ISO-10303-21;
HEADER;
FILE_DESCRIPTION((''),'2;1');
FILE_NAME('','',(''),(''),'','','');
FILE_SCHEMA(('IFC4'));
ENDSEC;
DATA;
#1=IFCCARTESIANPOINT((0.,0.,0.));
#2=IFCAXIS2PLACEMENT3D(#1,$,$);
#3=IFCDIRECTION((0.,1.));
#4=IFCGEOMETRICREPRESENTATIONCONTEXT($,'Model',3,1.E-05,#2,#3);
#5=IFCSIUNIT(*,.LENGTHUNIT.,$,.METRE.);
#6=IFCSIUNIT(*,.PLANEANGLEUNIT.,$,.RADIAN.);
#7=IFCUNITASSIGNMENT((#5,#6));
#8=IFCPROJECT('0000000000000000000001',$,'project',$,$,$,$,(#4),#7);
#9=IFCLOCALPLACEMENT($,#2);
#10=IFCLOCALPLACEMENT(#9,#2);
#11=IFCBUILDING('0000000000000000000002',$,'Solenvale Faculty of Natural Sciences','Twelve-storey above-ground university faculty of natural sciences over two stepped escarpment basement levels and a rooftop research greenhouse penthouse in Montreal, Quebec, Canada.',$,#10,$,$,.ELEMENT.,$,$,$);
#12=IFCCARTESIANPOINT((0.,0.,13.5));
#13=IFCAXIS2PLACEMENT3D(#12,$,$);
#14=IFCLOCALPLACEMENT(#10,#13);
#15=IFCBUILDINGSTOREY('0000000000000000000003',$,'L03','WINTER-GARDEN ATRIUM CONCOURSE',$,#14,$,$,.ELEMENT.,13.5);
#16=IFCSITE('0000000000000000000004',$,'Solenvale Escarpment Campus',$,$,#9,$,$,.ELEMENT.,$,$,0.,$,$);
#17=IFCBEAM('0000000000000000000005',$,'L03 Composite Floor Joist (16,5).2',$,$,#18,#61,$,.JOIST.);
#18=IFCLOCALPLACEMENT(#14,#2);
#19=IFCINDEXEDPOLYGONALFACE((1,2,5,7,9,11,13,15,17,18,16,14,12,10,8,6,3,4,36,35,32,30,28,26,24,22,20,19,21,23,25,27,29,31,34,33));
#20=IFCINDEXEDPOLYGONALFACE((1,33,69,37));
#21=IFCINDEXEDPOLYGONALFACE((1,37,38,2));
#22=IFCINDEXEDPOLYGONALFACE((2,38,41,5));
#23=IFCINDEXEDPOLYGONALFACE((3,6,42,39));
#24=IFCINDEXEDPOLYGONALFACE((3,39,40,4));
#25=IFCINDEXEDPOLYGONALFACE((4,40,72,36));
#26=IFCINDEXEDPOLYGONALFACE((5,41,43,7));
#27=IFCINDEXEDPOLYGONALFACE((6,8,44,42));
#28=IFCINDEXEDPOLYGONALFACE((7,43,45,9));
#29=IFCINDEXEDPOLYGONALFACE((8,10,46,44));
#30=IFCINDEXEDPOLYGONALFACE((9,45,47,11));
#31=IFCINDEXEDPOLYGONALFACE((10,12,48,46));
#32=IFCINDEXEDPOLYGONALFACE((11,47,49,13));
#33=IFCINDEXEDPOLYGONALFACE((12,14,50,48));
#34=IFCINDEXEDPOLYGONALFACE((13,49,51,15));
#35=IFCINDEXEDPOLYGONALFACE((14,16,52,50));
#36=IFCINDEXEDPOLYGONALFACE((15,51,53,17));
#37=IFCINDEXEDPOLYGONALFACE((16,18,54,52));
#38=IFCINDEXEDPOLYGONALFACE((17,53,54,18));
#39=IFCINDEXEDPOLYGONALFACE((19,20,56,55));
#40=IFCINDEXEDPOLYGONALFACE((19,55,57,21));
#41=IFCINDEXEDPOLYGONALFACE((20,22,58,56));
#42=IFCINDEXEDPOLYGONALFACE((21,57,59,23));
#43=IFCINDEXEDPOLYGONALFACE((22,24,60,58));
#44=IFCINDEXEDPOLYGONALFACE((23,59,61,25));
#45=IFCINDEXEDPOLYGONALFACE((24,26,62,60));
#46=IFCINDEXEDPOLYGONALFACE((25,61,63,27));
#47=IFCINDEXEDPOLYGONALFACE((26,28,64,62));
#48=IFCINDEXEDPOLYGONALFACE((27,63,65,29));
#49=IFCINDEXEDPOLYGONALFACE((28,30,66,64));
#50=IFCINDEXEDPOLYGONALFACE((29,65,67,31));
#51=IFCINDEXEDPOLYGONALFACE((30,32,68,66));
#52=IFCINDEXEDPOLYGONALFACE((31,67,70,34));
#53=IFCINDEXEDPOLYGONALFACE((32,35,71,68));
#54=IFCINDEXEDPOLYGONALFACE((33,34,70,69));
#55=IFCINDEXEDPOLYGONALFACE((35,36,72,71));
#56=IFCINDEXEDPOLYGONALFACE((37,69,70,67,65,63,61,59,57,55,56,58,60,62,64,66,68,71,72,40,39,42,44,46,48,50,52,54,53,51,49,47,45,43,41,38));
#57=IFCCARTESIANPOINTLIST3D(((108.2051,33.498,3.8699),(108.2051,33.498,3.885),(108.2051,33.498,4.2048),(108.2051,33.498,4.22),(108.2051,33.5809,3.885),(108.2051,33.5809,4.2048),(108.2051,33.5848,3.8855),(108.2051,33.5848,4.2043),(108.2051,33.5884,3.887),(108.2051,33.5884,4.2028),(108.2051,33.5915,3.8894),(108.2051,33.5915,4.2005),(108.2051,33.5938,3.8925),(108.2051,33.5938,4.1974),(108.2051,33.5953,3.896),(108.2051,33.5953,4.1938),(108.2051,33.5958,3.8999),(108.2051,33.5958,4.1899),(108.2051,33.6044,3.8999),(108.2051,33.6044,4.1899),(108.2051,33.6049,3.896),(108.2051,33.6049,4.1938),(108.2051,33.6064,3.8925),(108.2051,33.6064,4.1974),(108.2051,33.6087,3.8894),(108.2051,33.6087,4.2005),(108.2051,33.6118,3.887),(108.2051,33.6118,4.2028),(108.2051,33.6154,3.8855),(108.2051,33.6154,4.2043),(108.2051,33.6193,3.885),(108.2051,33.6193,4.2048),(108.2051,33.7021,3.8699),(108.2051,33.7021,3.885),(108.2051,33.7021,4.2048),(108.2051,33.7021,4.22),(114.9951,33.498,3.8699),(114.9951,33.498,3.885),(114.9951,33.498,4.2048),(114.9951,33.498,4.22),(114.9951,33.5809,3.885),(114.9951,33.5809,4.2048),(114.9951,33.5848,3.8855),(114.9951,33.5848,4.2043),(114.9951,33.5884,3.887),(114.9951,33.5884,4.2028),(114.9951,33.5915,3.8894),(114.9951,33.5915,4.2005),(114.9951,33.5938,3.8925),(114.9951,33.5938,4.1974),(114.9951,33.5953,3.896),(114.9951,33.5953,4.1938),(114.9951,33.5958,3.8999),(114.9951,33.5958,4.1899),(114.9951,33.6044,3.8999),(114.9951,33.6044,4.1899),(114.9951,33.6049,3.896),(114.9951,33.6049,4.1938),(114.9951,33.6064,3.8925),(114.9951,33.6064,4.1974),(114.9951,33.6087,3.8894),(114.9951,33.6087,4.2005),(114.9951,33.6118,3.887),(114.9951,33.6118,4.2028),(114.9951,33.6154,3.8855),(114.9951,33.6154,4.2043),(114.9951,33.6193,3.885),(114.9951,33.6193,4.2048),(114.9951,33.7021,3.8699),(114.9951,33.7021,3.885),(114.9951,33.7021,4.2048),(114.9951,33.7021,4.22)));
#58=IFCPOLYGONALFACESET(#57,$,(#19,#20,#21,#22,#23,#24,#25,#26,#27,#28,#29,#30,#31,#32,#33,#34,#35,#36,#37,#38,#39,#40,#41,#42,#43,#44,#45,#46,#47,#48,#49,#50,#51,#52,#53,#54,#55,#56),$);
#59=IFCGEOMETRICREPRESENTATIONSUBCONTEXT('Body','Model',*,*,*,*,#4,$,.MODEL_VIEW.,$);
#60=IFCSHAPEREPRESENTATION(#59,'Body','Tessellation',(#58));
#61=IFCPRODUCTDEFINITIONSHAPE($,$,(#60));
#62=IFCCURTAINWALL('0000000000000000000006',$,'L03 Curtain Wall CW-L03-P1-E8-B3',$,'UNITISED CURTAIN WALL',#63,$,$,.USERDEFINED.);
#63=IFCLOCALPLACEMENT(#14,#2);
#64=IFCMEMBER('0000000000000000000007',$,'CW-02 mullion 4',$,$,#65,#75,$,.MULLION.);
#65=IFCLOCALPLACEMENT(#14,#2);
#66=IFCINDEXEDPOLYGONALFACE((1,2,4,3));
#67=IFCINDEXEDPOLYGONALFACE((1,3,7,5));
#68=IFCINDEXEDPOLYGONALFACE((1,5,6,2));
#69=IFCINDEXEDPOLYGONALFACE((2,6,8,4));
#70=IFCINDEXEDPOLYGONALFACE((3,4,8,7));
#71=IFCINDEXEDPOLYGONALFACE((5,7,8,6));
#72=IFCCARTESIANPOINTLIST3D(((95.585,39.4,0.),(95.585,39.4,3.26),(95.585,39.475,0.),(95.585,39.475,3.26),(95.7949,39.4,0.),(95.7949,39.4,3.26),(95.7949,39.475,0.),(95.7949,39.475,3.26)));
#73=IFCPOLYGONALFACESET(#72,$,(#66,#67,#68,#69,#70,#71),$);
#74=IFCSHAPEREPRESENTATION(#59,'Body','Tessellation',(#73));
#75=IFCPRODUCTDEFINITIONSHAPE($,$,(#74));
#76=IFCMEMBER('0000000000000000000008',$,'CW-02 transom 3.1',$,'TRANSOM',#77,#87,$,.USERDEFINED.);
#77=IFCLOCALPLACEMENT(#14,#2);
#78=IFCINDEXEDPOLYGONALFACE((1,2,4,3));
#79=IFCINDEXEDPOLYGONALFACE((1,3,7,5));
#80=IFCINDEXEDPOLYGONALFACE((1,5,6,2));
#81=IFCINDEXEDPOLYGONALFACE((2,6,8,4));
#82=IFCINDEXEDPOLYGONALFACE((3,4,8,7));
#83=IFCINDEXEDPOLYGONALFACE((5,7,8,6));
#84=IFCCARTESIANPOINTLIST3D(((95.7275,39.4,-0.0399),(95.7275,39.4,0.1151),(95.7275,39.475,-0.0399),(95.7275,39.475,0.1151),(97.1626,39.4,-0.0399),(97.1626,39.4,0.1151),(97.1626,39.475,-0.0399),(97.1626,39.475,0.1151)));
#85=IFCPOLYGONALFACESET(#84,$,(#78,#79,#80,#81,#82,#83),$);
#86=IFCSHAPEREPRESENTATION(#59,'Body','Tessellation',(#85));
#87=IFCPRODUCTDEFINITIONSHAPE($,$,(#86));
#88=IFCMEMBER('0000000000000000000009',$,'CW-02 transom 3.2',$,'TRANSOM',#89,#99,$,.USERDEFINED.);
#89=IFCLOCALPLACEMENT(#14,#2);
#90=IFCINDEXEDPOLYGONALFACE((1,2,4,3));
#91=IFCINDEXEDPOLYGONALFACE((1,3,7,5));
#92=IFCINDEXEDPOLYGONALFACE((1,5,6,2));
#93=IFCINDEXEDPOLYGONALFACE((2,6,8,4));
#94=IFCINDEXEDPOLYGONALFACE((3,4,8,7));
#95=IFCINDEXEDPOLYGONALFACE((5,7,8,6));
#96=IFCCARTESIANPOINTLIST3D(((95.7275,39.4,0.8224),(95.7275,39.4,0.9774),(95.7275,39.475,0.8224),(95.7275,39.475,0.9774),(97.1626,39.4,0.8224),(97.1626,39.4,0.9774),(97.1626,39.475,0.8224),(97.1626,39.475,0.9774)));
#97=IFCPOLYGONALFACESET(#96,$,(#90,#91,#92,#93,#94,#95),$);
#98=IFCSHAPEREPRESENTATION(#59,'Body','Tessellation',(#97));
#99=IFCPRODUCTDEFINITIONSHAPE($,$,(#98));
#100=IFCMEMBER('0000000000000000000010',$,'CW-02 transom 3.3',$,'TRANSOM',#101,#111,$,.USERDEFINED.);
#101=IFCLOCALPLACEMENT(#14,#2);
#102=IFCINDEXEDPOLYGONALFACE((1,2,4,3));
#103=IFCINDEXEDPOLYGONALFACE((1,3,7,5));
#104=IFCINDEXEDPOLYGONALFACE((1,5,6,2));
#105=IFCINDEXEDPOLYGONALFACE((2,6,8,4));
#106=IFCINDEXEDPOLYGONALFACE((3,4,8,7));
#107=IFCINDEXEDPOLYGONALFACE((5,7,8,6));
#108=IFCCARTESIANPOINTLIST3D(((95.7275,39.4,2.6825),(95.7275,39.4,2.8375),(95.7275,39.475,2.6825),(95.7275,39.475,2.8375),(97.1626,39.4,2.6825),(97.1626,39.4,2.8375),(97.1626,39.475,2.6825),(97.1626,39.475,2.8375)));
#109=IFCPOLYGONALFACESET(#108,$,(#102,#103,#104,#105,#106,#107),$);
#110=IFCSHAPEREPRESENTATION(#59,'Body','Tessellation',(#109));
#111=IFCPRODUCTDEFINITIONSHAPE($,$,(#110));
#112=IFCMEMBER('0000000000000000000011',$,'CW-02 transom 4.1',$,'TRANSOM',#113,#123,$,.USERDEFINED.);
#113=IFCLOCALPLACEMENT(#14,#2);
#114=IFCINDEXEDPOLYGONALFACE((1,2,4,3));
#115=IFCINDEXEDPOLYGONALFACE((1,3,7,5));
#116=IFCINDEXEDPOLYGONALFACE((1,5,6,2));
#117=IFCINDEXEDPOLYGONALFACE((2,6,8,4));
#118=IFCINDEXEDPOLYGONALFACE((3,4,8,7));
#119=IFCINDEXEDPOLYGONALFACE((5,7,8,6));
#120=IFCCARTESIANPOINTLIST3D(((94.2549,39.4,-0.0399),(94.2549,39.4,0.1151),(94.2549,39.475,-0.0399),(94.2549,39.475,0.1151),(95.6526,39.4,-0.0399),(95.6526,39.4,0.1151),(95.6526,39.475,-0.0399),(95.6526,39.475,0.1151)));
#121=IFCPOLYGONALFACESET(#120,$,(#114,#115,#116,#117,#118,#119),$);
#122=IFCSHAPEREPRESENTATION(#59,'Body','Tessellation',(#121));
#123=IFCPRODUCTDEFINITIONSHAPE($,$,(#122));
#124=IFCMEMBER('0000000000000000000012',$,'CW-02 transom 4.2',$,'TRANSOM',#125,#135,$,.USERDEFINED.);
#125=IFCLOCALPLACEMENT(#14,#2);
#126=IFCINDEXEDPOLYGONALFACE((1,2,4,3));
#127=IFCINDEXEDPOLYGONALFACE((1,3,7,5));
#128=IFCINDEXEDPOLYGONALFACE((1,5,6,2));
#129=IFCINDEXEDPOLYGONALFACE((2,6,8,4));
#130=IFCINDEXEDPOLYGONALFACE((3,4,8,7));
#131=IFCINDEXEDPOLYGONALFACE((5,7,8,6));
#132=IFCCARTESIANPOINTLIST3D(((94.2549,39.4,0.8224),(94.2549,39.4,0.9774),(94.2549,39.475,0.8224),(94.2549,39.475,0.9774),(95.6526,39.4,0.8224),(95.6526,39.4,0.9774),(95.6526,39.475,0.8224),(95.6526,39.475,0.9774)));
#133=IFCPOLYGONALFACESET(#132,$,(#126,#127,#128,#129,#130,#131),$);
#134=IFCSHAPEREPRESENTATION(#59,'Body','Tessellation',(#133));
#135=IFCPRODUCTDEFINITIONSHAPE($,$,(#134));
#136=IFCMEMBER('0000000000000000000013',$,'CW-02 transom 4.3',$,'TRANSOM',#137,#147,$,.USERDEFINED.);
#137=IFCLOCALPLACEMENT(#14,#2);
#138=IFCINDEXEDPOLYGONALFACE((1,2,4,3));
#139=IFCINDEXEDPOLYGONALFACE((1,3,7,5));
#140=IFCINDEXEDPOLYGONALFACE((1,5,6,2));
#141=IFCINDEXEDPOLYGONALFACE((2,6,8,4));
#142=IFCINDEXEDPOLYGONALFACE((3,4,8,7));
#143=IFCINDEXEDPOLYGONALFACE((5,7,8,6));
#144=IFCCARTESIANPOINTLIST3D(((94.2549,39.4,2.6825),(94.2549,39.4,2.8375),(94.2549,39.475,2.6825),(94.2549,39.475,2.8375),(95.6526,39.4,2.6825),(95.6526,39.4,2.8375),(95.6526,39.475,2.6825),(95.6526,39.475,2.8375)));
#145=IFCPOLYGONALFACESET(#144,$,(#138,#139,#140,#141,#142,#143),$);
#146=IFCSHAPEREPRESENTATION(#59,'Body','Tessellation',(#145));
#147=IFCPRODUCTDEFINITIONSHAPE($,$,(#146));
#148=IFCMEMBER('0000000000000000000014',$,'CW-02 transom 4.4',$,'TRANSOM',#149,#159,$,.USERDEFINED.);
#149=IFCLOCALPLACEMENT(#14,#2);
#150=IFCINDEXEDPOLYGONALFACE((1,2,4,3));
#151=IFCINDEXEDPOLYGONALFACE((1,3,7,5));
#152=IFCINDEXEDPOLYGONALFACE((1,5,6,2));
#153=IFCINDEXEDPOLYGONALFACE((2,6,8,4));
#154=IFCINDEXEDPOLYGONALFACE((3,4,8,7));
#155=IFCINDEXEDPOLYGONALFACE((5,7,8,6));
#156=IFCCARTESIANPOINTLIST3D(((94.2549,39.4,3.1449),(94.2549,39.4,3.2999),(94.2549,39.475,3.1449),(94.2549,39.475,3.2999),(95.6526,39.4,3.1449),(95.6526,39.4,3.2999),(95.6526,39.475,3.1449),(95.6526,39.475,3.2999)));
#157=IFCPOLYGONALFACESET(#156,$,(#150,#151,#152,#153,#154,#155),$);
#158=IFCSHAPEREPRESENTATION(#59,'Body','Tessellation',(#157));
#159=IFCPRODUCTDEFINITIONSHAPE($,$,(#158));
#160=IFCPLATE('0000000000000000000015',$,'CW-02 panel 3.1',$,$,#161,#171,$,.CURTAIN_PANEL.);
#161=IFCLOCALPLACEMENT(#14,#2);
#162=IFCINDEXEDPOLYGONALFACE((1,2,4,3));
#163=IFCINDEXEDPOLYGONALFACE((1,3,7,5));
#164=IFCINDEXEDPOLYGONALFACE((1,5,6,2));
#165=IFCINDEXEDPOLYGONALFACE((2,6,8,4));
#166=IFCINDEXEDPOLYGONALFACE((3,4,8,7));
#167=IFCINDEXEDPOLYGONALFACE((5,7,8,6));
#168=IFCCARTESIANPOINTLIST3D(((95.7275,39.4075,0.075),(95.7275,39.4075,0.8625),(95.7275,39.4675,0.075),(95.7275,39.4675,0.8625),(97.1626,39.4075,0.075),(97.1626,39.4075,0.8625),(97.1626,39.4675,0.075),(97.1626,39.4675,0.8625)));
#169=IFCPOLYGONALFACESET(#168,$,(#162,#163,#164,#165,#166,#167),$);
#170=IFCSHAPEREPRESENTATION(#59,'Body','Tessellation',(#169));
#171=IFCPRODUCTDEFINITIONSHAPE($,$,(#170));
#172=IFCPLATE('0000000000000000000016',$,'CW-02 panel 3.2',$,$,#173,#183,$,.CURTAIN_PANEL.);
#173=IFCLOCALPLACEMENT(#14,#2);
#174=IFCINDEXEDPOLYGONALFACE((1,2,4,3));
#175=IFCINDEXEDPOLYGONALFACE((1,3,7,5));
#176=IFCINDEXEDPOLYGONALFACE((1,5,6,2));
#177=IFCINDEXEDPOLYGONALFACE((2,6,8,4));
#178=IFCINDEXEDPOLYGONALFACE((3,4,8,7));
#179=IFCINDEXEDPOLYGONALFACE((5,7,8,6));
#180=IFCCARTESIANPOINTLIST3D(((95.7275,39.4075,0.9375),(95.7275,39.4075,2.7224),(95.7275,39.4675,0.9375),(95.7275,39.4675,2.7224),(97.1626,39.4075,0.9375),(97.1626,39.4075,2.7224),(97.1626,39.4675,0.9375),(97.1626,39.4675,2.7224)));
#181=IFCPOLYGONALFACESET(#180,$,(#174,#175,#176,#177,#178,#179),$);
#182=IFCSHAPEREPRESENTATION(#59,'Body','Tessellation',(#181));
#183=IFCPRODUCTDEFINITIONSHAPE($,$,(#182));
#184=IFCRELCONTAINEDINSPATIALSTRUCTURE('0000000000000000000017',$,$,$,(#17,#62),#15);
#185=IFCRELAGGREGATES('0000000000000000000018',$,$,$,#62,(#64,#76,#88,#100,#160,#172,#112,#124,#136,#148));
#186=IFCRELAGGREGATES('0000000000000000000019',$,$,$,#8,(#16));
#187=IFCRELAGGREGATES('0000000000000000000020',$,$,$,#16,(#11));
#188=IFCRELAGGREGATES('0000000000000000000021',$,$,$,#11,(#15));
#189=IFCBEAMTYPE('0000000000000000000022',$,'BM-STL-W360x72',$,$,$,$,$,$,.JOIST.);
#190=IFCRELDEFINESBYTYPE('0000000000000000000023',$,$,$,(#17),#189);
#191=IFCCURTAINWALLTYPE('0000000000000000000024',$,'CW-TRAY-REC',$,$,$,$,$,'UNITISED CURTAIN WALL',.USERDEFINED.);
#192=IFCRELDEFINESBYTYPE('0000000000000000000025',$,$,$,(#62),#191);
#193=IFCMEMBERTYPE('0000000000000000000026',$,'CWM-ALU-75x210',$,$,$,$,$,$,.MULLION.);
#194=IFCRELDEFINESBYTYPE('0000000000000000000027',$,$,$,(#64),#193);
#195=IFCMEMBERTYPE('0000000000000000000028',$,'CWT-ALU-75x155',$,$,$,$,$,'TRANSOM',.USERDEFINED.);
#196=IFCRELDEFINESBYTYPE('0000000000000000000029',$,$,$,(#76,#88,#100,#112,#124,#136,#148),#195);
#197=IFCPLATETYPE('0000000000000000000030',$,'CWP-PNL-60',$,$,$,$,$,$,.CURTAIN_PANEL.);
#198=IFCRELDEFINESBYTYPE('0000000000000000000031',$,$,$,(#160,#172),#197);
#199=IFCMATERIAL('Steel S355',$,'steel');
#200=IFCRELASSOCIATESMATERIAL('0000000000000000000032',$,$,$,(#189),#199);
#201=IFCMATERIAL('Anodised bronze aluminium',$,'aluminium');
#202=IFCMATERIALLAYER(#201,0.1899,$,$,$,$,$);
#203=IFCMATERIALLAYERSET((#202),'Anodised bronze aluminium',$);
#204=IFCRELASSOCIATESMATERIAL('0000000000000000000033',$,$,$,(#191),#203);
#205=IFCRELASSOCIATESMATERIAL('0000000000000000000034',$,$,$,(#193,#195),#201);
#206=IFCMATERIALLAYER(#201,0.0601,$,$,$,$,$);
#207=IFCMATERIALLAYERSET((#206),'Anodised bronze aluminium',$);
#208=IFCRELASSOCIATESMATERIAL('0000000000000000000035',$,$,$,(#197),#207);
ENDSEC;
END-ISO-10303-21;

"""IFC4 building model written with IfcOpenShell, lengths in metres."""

from ifc_helpers import new_model, si_unit, direction, frame, origin, origin_2d, place, context, subcontext, project, spatial, rectangle, i_section, extrude, material, layer, layer_set, material_profile, profile_set, type_object, element, aggregate, save


model = new_model("IFC4")

# Units and contexts
model_context = context("Model", 3, precision=1e-05, world=origin(), true_north=direction((0.0, 1.0)))
body_context = subcontext(model_context, "Body", "Model", "MODEL_VIEW")
ifc_project = project(units=[si_unit("LENGTHUNIT", "METRE"), si_unit("PLANEANGLEUNIT", "RADIAN")], contexts=[model_context])

# Site, building, storey
site_placement = place(None, origin())
site = spatial("IfcSite", under=ifc_project, at=site_placement, Name="Solenvale Escarpment Campus", CompositionType="ELEMENT", RefElevation=0.0)
building_placement = place(site_placement, origin())
building = spatial("IfcBuilding", under=site, at=building_placement, Name="Solenvale Faculty of Natural Sciences", Description="Twelve-storey above-ground university faculty of natural sciences over two stepped escarpment basement levels and a rooftop research greenhouse penthouse in Montreal, Quebec, Canada.", CompositionType="ELEMENT")
storey_placement = place(building_placement, frame((0.0, 0.0, 13.5)))
storey = spatial("IfcBuildingStorey", under=building, at=storey_placement, Name="L03", Description="WINTER-GARDEN ATRIUM CONCOURSE", CompositionType="ELEMENT", Elevation=13.5)

# Beam
ifc_material_1 = material(Name="Steel S355", Category="steel")
ifc_material_profile_1 = material_profile(ifc_material_1, i_section(OverallWidth=0.2041, OverallDepth=0.3501, WebThickness=0.0085, FlangeThickness=0.0151, FilletRadius=0.0149, at=origin_2d()), Name="W360x72")
ifc_profile_set_1 = profile_set([ifc_material_profile_1], Name="Steel S355")
beam_type_1 = type_object("IfcBeamType", Name="BM-STL-W360x72", PredefinedType="JOIST", material=ifc_profile_set_1)
for number, where, z_axis, x_axis, name in (
    (1, (108.2051, 33.6001, 4.0449), (1.0, 0.0, 0.0), (0.0, 1.0, 0.0), "L03 Composite Floor Joist (16,5).2"),
):
    element("IfcBeam", number, at=place(storey_placement, frame(where, z_axis=z_axis, x_axis=x_axis)), inside=storey, type_object=beam_type_1, Name=name, PredefinedType="JOIST", context=body_context, shape_type="SweptSolid", body=[
        extrude(i_section(OverallWidth=0.2041, OverallDepth=0.3501, WebThickness=0.0085, FlangeThickness=0.0151, FilletRadius=0.0149, at=origin_2d()), origin(), (0.0, 0.0, 1.0), 6.79),
    ])

# Curtain wall, members, plates
ifc_material_2 = material(Name="Anodised bronze aluminium", Category="aluminium")
ifc_layer_1 = layer(ifc_material_2, 0.1899)
ifc_layer_set_1 = layer_set([ifc_layer_1], Name="Anodised bronze aluminium")
curtain_wall_type = type_object("IfcCurtainWallType", Name="CW-TRAY-REC", ElementType="UNITISED CURTAIN WALL", PredefinedType="USERDEFINED", material=ifc_layer_set_1)
curtain_wall_placement = place(storey_placement, origin())
curtain_wall = element("IfcCurtainWall", 2, at=curtain_wall_placement, inside=storey, type_object=curtain_wall_type, Name="L03 Curtain Wall CW-L03-P1-E8-B3", ObjectType="UNITISED CURTAIN WALL", PredefinedType="USERDEFINED")
ifc_material_profile_2 = material_profile(ifc_material_2, rectangle(XDim=0.075, YDim=0.21, at=origin_2d()), Name="ALU-MUL-75x210")
ifc_profile_set_2 = profile_set([ifc_material_profile_2], Name="Anodised bronze aluminium")
member_type_1 = type_object("IfcMemberType", Name="CWM-ALU-75x210", PredefinedType="MULLION", material=ifc_profile_set_2)
member_1_placement = place(storey_placement, frame((95.6899, 39.4375, 0.0), z_axis=(0.0, 0.0, 1.0), x_axis=(0.0, -1.0, 0.0)))
member_1 = element("IfcMember", 3, at=member_1_placement, type_object=member_type_1, Name="CW-02 mullion 4", PredefinedType="MULLION", context=body_context, shape_type="SweptSolid", body=[
    extrude(rectangle(XDim=0.075, YDim=0.21, at=origin_2d()), origin(), (0.0, 0.0, 1.0), 3.26),
])
ifc_material_profile_3 = material_profile(ifc_material_2, rectangle(XDim=0.075, YDim=0.155, at=origin_2d()), Name="ALU-TRN-75x155")
ifc_profile_set_3 = profile_set([ifc_material_profile_3], Name="Anodised bronze aluminium")
member_type_2 = type_object("IfcMemberType", Name="CWT-ALU-75x155", ElementType="TRANSOM", PredefinedType="USERDEFINED", material=ifc_profile_set_3)
member_2_placement = place(storey_placement, frame((97.1626, 39.4375, 0.0376), z_axis=(-1.0, 0.0, 0.0), x_axis=(0.0, -1.0, 0.0)))
member_2 = element("IfcMember", 4, at=member_2_placement, type_object=member_type_2, Name="CW-02 transom 3.1", ObjectType="TRANSOM", PredefinedType="USERDEFINED", context=body_context, shape_type="SweptSolid", body=[
    extrude(rectangle(XDim=0.075, YDim=0.155, at=origin_2d()), origin(), (0.0, 0.0, 1.0), 1.4351),
])
member_3_placement = place(storey_placement, frame((97.1626, 39.4375, 0.8999), z_axis=(-1.0, 0.0, 0.0), x_axis=(0.0, -1.0, 0.0)))
member_3 = element("IfcMember", 5, at=member_3_placement, type_object=member_type_2, Name="CW-02 transom 3.2", ObjectType="TRANSOM", PredefinedType="USERDEFINED", context=body_context, shape_type="SweptSolid", body=[
    extrude(rectangle(XDim=0.075, YDim=0.155, at=origin_2d()), origin(), (0.0, 0.0, 1.0), 1.4351),
])
member_4_placement = place(storey_placement, frame((97.1626, 39.4375, 2.76), z_axis=(-1.0, 0.0, 0.0), x_axis=(0.0, -1.0, 0.0)))
member_4 = element("IfcMember", 6, at=member_4_placement, type_object=member_type_2, Name="CW-02 transom 3.3", ObjectType="TRANSOM", PredefinedType="USERDEFINED", context=body_context, shape_type="SweptSolid", body=[
    extrude(rectangle(XDim=0.075, YDim=0.155, at=origin_2d()), origin(), (0.0, 0.0, 1.0), 1.4351),
])
member_5_placement = place(storey_placement, frame((95.6526, 39.4375, 0.0376), z_axis=(-1.0, 0.0, 0.0), x_axis=(0.0, -1.0, 0.0)))
member_5 = element("IfcMember", 7, at=member_5_placement, type_object=member_type_2, Name="CW-02 transom 4.1", ObjectType="TRANSOM", PredefinedType="USERDEFINED", context=body_context, shape_type="SweptSolid", body=[
    extrude(rectangle(XDim=0.075, YDim=0.155, at=origin_2d()), origin(), (0.0, 0.0, 1.0), 1.3977),
])
member_6_placement = place(storey_placement, frame((95.6526, 39.4375, 0.8999), z_axis=(-1.0, 0.0, 0.0), x_axis=(0.0, -1.0, 0.0)))
member_6 = element("IfcMember", 8, at=member_6_placement, type_object=member_type_2, Name="CW-02 transom 4.2", ObjectType="TRANSOM", PredefinedType="USERDEFINED", context=body_context, shape_type="SweptSolid", body=[
    extrude(rectangle(XDim=0.075, YDim=0.155, at=origin_2d()), origin(), (0.0, 0.0, 1.0), 1.3977),
])
member_7_placement = place(storey_placement, frame((95.6526, 39.4375, 2.76), z_axis=(-1.0, 0.0, 0.0), x_axis=(0.0, -1.0, 0.0)))
member_7 = element("IfcMember", 9, at=member_7_placement, type_object=member_type_2, Name="CW-02 transom 4.3", ObjectType="TRANSOM", PredefinedType="USERDEFINED", context=body_context, shape_type="SweptSolid", body=[
    extrude(rectangle(XDim=0.075, YDim=0.155, at=origin_2d()), origin(), (0.0, 0.0, 1.0), 1.3977),
])
member_8_placement = place(storey_placement, frame((95.6526, 39.4375, 3.2224), z_axis=(-1.0, 0.0, 0.0), x_axis=(0.0, -1.0, 0.0)))
member_8 = element("IfcMember", 10, at=member_8_placement, type_object=member_type_2, Name="CW-02 transom 4.4", ObjectType="TRANSOM", PredefinedType="USERDEFINED", context=body_context, shape_type="SweptSolid", body=[
    extrude(rectangle(XDim=0.075, YDim=0.155, at=origin_2d()), origin(), (0.0, 0.0, 1.0), 1.3977),
])
ifc_layer_2 = layer(ifc_material_2, 0.0601)
ifc_layer_set_2 = layer_set([ifc_layer_2], Name="Anodised bronze aluminium")
plate_type = type_object("IfcPlateType", Name="CWP-PNL-60", PredefinedType="CURTAIN_PANEL", material=ifc_layer_set_2)
plate_1_placement = place(storey_placement, frame((96.4451, 39.4375, 0.075), z_axis=(0.0, 0.0, 1.0), x_axis=(-1.0, 0.0, 0.0)))
plate_1 = element("IfcPlate", 11, at=plate_1_placement, type_object=plate_type, Name="CW-02 panel 3.1", PredefinedType="CURTAIN_PANEL", context=body_context, shape_type="SweptSolid", body=[
    extrude(rectangle(XDim=1.4351, YDim=0.0601, at=origin_2d()), origin(), (0.0, 0.0, 1.0), 0.7876),
])
plate_2_placement = place(storey_placement, frame((96.4451, 39.4375, 0.9375), z_axis=(0.0, 0.0, 1.0), x_axis=(-1.0, 0.0, 0.0)))
plate_2 = element("IfcPlate", 12, at=plate_2_placement, type_object=plate_type, Name="CW-02 panel 3.2", PredefinedType="CURTAIN_PANEL", context=body_context, shape_type="SweptSolid", body=[
    extrude(rectangle(XDim=1.4351, YDim=0.0601, at=origin_2d()), origin(), (0.0, 0.0, 1.0), 1.7849),
])
aggregate(curtain_wall, [member_1, member_2, member_3, member_4, plate_1, plate_2, member_5, member_6, member_7, member_8])

save(model, "model.ifc")
